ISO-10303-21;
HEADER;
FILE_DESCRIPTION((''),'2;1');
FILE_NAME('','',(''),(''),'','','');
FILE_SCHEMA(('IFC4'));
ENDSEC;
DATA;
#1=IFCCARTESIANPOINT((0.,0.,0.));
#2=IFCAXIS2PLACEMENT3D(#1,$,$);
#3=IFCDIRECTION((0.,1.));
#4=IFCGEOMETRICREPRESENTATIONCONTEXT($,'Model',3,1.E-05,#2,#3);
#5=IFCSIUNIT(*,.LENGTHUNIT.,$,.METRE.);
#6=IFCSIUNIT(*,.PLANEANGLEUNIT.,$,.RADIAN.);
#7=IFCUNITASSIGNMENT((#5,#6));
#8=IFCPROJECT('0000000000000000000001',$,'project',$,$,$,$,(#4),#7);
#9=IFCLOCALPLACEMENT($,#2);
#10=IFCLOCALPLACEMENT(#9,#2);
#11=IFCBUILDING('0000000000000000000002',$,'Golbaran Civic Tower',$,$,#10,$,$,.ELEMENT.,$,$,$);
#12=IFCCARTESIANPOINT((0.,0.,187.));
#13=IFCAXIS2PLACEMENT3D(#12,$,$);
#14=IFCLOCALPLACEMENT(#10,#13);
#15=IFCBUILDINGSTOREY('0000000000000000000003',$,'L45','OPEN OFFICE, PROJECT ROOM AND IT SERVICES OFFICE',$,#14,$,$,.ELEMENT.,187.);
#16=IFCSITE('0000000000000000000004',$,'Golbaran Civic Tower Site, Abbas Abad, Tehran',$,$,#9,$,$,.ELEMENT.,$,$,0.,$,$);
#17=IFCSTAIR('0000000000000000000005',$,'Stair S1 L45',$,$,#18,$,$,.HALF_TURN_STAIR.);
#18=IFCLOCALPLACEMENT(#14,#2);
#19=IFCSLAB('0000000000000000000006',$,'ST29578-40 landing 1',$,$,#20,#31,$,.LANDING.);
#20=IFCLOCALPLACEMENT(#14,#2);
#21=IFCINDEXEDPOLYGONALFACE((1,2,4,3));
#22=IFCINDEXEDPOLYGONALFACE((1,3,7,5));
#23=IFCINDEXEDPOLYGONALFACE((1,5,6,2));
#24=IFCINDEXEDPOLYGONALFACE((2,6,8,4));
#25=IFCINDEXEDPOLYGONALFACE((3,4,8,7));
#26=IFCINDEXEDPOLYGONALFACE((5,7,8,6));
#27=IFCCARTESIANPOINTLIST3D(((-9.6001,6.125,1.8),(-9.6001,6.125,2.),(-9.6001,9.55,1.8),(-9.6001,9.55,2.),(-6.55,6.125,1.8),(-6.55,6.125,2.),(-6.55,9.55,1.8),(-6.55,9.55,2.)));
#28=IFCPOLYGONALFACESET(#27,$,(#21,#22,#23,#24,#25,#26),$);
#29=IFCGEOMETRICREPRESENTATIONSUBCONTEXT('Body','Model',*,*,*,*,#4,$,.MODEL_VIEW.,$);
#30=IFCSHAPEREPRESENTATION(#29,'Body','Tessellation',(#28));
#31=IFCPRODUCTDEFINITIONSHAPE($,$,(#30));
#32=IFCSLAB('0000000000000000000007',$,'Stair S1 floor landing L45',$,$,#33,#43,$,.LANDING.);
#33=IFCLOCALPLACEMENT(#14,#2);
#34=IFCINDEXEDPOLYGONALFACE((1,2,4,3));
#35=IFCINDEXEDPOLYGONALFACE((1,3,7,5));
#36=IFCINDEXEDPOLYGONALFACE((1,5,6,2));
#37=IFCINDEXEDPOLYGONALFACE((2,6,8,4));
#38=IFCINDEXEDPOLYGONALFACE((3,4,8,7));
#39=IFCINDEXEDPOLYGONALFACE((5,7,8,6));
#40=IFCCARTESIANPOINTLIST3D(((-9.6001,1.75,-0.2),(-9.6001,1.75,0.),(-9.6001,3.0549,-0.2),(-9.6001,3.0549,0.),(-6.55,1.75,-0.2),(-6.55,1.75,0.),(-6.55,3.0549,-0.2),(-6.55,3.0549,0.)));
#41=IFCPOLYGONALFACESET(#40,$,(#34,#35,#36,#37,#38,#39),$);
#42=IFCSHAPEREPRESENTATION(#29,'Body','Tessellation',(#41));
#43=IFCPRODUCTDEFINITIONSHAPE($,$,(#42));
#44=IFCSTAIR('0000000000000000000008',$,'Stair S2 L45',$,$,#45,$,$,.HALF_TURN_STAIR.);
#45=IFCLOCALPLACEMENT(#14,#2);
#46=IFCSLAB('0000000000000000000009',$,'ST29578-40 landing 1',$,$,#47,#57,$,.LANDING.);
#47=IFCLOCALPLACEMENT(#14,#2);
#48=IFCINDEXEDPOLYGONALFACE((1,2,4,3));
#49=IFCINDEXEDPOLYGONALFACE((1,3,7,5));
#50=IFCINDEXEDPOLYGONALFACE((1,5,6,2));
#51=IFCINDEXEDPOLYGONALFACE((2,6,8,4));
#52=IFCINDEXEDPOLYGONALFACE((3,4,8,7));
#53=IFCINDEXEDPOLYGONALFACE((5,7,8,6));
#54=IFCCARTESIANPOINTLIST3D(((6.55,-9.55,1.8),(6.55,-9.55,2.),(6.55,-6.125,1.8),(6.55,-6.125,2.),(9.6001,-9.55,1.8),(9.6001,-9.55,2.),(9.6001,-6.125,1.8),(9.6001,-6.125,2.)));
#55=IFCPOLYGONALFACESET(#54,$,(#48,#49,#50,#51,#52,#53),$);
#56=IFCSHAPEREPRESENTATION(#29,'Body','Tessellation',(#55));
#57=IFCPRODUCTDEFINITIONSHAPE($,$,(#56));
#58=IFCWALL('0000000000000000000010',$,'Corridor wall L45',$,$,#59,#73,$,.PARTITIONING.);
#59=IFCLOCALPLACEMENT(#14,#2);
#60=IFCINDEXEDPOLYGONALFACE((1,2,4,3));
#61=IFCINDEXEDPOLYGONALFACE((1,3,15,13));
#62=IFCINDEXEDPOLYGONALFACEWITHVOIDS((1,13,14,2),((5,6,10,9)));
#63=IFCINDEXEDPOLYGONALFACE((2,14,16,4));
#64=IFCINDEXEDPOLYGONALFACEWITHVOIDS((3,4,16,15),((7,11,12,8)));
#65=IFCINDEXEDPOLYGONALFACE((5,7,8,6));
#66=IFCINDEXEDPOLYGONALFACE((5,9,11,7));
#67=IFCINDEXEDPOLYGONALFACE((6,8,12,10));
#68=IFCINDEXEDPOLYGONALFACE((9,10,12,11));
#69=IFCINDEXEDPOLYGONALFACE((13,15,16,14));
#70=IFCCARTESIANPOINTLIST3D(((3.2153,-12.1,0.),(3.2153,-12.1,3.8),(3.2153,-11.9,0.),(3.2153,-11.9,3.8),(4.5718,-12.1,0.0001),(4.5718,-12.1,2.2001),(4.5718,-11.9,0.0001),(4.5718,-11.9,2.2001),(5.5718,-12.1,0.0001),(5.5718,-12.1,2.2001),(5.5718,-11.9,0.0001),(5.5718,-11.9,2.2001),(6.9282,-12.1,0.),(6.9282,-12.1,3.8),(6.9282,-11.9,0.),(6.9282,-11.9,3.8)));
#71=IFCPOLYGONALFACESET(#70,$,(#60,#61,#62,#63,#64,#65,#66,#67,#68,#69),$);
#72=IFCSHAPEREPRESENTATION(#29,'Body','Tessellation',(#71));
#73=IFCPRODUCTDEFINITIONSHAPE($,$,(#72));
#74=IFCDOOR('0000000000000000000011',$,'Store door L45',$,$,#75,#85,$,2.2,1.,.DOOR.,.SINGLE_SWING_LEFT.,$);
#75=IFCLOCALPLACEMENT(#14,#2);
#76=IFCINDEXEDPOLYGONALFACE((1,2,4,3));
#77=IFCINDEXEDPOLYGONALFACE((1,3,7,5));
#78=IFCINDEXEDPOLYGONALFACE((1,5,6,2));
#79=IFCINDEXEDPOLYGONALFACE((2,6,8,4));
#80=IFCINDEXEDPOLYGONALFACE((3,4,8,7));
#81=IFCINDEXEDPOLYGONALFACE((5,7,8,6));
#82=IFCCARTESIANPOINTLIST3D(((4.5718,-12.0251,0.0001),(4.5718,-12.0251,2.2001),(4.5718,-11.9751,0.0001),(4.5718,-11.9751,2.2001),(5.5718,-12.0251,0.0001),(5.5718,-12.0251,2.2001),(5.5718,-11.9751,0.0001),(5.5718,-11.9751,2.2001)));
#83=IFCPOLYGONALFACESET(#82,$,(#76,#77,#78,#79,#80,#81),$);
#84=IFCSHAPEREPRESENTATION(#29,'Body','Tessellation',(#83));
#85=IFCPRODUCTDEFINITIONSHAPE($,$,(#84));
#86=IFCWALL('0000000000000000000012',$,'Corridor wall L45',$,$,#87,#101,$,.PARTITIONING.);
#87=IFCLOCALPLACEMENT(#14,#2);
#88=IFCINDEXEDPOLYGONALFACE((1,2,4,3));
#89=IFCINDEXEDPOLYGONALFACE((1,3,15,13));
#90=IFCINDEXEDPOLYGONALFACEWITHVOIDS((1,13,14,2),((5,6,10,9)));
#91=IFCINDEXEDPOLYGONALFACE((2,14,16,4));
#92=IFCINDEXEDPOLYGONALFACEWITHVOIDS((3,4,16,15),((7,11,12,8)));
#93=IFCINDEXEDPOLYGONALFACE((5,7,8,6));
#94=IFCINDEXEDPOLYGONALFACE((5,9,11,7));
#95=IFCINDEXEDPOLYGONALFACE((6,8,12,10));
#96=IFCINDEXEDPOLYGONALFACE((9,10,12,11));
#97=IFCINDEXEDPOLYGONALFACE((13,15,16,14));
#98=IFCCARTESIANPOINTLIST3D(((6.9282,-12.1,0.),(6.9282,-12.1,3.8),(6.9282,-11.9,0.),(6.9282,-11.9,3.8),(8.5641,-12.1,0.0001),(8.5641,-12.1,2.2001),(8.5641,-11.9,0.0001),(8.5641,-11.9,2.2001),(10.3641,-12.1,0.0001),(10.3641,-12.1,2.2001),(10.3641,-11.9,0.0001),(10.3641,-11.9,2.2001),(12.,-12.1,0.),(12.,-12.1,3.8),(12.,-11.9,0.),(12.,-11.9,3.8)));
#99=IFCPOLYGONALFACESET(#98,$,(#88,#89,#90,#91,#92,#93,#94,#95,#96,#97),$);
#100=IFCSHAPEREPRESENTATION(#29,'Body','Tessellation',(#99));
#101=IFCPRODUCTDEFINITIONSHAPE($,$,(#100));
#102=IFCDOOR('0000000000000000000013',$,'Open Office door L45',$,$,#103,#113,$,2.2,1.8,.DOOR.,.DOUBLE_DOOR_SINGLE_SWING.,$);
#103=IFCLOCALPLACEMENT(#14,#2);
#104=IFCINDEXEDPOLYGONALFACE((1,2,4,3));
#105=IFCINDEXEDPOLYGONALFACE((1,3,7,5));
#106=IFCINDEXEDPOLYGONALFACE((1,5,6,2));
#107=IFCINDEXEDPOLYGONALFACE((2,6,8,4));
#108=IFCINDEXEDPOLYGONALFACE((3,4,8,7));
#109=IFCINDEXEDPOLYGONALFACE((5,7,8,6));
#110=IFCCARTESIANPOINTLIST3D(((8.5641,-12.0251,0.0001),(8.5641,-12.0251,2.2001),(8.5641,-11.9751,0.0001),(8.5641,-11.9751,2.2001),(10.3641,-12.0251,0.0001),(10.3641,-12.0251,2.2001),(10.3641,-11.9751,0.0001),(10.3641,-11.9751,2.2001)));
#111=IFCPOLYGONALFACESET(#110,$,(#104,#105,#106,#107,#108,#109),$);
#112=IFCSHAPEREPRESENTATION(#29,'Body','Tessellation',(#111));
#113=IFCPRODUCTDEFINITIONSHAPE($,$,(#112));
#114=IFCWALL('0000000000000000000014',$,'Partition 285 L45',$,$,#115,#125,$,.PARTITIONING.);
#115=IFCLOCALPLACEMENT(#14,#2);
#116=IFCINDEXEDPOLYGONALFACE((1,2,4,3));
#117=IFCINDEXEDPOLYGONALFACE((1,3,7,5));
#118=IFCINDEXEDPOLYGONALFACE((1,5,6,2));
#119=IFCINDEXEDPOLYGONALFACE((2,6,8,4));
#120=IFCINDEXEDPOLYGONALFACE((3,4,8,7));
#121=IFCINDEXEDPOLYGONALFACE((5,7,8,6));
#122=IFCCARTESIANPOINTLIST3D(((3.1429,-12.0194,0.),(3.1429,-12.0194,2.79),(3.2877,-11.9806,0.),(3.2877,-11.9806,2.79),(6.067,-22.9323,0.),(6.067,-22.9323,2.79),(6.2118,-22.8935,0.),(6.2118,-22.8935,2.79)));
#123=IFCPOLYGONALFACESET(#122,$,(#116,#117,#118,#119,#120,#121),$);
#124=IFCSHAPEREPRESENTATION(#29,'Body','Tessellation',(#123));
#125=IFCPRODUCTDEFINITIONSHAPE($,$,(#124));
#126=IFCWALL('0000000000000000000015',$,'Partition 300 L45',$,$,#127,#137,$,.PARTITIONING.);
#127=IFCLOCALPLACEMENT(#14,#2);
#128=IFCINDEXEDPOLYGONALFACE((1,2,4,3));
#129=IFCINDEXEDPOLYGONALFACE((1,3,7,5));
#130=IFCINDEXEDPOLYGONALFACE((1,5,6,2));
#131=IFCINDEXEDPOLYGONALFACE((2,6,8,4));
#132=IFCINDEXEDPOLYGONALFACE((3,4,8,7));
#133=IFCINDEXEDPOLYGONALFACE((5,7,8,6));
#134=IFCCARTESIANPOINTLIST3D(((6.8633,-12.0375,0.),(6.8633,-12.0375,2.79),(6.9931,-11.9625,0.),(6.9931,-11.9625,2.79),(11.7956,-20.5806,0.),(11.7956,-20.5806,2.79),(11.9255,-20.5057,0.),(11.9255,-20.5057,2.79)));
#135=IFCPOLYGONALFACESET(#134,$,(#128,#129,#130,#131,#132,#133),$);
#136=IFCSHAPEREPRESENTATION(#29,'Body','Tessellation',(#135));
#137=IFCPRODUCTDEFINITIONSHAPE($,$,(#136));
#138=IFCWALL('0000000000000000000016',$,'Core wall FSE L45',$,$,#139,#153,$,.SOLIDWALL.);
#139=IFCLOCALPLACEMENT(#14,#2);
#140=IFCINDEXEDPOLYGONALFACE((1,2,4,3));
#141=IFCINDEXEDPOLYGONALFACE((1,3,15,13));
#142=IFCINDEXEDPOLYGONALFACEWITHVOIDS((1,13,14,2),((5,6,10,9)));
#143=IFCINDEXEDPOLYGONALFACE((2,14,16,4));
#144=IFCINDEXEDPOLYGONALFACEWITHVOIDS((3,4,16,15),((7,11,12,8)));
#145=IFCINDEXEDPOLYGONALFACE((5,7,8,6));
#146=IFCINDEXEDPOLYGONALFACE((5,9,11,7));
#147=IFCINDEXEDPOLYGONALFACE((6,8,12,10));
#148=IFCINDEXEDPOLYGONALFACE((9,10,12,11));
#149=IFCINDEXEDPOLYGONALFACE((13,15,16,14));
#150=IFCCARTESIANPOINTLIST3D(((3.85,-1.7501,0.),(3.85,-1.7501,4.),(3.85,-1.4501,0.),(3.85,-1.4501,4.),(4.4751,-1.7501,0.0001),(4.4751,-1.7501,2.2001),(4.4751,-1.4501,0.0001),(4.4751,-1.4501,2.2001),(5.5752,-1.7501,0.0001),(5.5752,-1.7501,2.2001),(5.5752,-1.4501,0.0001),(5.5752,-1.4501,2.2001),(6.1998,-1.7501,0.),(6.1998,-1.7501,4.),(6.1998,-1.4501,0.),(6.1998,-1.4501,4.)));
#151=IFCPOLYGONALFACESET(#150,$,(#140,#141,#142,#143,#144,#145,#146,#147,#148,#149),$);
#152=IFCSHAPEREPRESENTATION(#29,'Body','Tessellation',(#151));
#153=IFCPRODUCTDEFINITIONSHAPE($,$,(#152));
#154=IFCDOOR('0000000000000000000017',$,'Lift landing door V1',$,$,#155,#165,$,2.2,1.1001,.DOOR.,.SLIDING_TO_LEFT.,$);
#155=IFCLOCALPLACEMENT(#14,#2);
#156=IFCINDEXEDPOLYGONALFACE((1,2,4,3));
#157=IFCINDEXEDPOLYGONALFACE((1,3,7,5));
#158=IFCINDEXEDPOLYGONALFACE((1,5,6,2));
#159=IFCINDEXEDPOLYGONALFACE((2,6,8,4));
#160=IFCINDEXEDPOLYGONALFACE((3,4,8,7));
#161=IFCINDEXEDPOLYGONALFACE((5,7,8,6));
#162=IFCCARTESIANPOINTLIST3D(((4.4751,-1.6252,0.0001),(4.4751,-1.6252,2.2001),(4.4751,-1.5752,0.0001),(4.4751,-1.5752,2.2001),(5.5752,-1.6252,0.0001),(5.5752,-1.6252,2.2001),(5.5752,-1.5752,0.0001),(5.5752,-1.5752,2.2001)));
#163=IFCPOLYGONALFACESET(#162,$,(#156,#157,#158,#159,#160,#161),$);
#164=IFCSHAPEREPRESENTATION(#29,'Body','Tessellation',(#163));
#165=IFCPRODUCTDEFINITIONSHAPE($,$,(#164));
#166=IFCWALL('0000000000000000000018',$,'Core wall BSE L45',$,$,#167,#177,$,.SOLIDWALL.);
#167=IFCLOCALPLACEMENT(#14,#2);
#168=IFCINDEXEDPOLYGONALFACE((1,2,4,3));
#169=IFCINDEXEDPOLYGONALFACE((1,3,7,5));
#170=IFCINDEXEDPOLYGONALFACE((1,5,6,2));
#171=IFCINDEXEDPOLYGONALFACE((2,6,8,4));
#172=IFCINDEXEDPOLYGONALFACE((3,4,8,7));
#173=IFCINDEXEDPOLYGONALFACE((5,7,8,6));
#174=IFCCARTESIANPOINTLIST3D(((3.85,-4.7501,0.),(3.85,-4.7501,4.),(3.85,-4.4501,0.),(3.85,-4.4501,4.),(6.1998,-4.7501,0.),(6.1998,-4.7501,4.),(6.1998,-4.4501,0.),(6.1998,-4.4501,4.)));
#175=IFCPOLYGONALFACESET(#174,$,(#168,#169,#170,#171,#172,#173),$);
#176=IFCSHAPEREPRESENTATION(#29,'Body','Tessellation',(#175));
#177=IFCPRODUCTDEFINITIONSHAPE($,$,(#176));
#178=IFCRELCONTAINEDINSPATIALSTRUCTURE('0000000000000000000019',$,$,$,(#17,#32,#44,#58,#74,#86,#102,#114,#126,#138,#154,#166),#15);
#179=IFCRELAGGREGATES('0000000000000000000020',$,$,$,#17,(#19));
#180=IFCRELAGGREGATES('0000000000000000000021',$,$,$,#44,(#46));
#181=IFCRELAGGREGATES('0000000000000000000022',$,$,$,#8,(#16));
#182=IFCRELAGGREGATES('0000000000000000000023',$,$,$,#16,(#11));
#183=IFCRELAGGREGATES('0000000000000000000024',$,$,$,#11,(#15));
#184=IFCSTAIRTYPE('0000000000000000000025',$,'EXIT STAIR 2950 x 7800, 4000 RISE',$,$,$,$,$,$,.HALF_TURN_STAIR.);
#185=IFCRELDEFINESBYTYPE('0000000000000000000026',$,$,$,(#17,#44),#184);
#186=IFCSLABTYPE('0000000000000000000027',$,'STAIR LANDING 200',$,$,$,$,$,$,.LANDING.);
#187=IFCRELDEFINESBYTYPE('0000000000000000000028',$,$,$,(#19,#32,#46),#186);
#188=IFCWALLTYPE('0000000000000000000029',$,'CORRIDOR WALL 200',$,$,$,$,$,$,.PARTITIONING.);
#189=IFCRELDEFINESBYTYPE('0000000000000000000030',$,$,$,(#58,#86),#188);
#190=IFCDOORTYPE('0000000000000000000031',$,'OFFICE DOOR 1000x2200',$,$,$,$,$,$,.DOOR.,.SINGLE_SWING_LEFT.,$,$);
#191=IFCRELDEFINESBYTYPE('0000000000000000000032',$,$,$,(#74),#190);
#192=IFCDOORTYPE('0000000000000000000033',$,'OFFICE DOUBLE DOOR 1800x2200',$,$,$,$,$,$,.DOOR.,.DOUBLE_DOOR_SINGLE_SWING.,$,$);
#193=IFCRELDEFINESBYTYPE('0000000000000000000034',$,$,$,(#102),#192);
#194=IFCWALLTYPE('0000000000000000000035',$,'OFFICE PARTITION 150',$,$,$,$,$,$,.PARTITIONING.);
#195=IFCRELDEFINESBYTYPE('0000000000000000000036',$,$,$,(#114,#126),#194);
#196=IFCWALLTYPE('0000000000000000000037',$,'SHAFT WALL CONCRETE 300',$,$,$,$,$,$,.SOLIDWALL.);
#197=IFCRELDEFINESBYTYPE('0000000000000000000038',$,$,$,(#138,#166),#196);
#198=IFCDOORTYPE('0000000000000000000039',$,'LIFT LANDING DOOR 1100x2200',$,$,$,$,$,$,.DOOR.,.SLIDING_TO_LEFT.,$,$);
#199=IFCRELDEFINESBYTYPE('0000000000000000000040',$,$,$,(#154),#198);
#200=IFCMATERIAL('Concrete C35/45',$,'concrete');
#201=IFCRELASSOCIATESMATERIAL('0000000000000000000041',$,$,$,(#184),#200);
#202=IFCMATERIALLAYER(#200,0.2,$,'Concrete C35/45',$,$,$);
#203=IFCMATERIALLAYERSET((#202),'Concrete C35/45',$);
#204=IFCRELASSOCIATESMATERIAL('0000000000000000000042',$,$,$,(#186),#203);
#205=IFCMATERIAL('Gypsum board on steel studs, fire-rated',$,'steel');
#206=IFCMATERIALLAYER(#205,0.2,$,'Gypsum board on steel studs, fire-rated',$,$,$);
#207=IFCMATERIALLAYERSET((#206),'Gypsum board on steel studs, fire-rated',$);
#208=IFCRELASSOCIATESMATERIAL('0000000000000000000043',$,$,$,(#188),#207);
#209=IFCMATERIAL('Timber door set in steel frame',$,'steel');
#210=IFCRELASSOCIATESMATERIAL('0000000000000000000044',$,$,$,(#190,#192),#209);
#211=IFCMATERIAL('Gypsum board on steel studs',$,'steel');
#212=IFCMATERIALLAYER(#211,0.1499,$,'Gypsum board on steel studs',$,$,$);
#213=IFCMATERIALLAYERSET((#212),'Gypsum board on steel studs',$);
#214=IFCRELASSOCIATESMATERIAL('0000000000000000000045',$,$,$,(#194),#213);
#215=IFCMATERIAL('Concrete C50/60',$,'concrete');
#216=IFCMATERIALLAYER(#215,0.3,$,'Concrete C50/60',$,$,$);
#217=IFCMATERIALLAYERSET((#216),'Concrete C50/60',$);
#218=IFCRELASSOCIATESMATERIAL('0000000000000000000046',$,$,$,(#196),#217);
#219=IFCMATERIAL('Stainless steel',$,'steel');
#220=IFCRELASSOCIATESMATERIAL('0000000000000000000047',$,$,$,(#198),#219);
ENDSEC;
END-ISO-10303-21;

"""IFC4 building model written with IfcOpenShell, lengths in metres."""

from ifc_helpers import new_model, si_unit, direction, frame, frame_2d, origin, place, context, subcontext, project, spatial, polyline, rectangle, outline, extrude, material, layer, layer_set, type_object, element, fill, aggregate, save


model = new_model("IFC4")

# Units and contexts
model_context = context("Model", 3, precision=1e-05, world=origin(), true_north=direction((0.0, 1.0)))
body_context = subcontext(model_context, "Body", "Model", "MODEL_VIEW")
ifc_project = project(units=[si_unit("LENGTHUNIT", "METRE"), si_unit("PLANEANGLEUNIT", "RADIAN")], contexts=[model_context])

# Site, building, storey
site_placement = place(None, origin())
site = spatial("IfcSite", under=ifc_project, at=site_placement, Name="Golbaran Civic Tower Site, Abbas Abad, Tehran", CompositionType="ELEMENT", RefElevation=0.0)
building_placement = place(site_placement, origin())
building = spatial("IfcBuilding", under=site, at=building_placement, Name="Golbaran Civic Tower", CompositionType="ELEMENT")
storey_placement = place(building_placement, frame((0.0, 0.0, 187.0)))
storey = spatial("IfcBuildingStorey", under=building, at=storey_placement, Name="L45", Description="OPEN OFFICE, PROJECT ROOM AND IT SERVICES OFFICE", CompositionType="ELEMENT", Elevation=187.0)

# Stair, slab
ifc_material_1 = material(Name="Concrete C35/45", Category="concrete")
stair_type = type_object("IfcStairType", Name="EXIT STAIR 2950 x 7800, 4000 RISE", PredefinedType="HALF_TURN_STAIR", material=ifc_material_1)
stair_1_placement = place(storey_placement, origin())
stair_1 = element("IfcStair", 1, at=stair_1_placement, inside=storey, type_object=stair_type, Name="Stair S1 L45", PredefinedType="HALF_TURN_STAIR")
ifc_layer_1 = layer(ifc_material_1, 0.2, Name="Concrete C35/45")
ifc_layer_set_1 = layer_set([ifc_layer_1], Name="Concrete C35/45")
slab_type = type_object("IfcSlabType", Name="STAIR LANDING 200", PredefinedType="LANDING", material=ifc_layer_set_1)
slab_1_placement = place(storey_placement, frame((0.0, 0.0, 1.8)))
slab_1 = element("IfcSlab", 2, at=slab_1_placement, type_object=slab_type, Name="ST29578-40 landing 1", PredefinedType="LANDING", context=body_context, shape_type="SweptSolid", body=[
    extrude(outline(polyline([(-9.6001, 6.125), (-9.6001, 9.55), (-6.55, 9.55), (-6.55, 6.125), (-9.6001, 6.125)])), origin(), (0.0, 0.0, 1.0), 0.2),
])
aggregate(stair_1, [slab_1])

# Slab
slab_2_placement = place(storey_placement, frame((0.0, 0.0, -0.2)))
element("IfcSlab", 3, at=slab_2_placement, inside=storey, type_object=slab_type, Name="Stair S1 floor landing L45", PredefinedType="LANDING", context=body_context, shape_type="SweptSolid", body=[
    extrude(outline(polyline([(-9.6001, 1.75), (-9.6001, 3.0549), (-6.55, 3.0549), (-6.55, 1.75), (-9.6001, 1.75)])), origin(), (0.0, 0.0, 1.0), 0.2),
])

# Stair, slab
stair_2_placement = place(storey_placement, origin())
stair_2 = element("IfcStair", 4, at=stair_2_placement, inside=storey, type_object=stair_type, Name="Stair S2 L45", PredefinedType="HALF_TURN_STAIR")
slab_3_placement = place(storey_placement, frame((0.0, 0.0, 1.8)))
slab_3 = element("IfcSlab", 5, at=slab_3_placement, type_object=slab_type, Name="ST29578-40 landing 1", PredefinedType="LANDING", context=body_context, shape_type="SweptSolid", body=[
    extrude(outline(polyline([(9.6001, -6.125), (9.6001, -9.55), (6.55, -9.55), (6.55, -6.125), (9.6001, -6.125)])), origin(), (0.0, 0.0, 1.0), 0.2),
])

# Walls, openings, doors
ifc_material_2 = material(Name="Gypsum board on steel studs, fire-rated", Category="steel")
ifc_layer_2 = layer(ifc_material_2, 0.2, Name="Gypsum board on steel studs, fire-rated")
ifc_layer_set_2 = layer_set([ifc_layer_2], Name="Gypsum board on steel studs, fire-rated")
wall_type_1 = type_object("IfcWallType", Name="CORRIDOR WALL 200", PredefinedType="PARTITIONING", material=ifc_layer_set_2)
wall_1_placement = place(storey_placement, frame((3.2153, -12.0, 0.0), z_axis=(0.0, 0.0, 1.0), x_axis=(1.0, 0.0, 0.0)))
wall_1 = element("IfcWall", 6, at=wall_1_placement, inside=storey, type_object=wall_type_1, Name="Corridor wall L45", PredefinedType="PARTITIONING", context=body_context, shape_type="SweptSolid", body=[
    extrude(rectangle(XDim=3.7129, YDim=0.2, at=frame_2d((1.8564, 0.0))), origin(), (0.0, 0.0, 1.0), 3.8),
])
opening_1_placement = place(wall_1_placement, frame((1.3564, 0.0, 0.0)))
opening_1 = element("IfcOpeningElement", 7, at=opening_1_placement, cuts=wall_1, PredefinedType="OPENING", context=body_context, shape_type="SweptSolid", body=[
    extrude(rectangle(XDim=1.0, YDim=2.2, at=frame_2d((0.5, 1.1001))), frame((0.0, 0.1099, 0.0), z_axis=(0.0, -1.0, 0.0), x_axis=(1.0, 0.0, 0.0)), (0.0, 0.0, 1.0), 0.22),
])
ifc_material_3 = material(Name="Timber door set in steel frame", Category="steel")
door_type_1 = type_object("IfcDoorType", Name="OFFICE DOOR 1000x2200", OperationType="SINGLE_SWING_LEFT", PredefinedType="DOOR", material=ifc_material_3)
door_1_placement = place(opening_1_placement, origin())
door_1 = element("IfcDoor", 8, at=door_1_placement, inside=storey, type_object=door_type_1, Name="Store door L45", OperationType="SINGLE_SWING_LEFT", OverallHeight=2.2, OverallWidth=1.0, PredefinedType="DOOR", context=body_context, shape_type="SweptSolid", body=[
    extrude(rectangle(XDim=1.0, YDim=2.2, at=frame_2d((0.5, 1.1001))), frame((0.0, 0.0249, 0.0), z_axis=(0.0, -1.0, 0.0), x_axis=(1.0, 0.0, 0.0)), (0.0, 0.0, 1.0), 0.05),
])
fill(opening_1, door_1)
wall_2_placement = place(storey_placement, frame((6.9282, -12.0, 0.0), z_axis=(0.0, 0.0, 1.0), x_axis=(1.0, 0.0, 0.0)))
wall_2 = element("IfcWall", 9, at=wall_2_placement, inside=storey, type_object=wall_type_1, Name="Corridor wall L45", PredefinedType="PARTITIONING", context=body_context, shape_type="SweptSolid", body=[
    extrude(rectangle(XDim=5.0718, YDim=0.2, at=frame_2d((2.5359, 0.0))), origin(), (0.0, 0.0, 1.0), 3.8),
])
opening_2_placement = place(wall_2_placement, frame((1.636, 0.0, 0.0)))
opening_2 = element("IfcOpeningElement", 10, at=opening_2_placement, cuts=wall_2, PredefinedType="OPENING", context=body_context, shape_type="SweptSolid", body=[
    extrude(rectangle(XDim=1.8, YDim=2.2, at=frame_2d((0.8999, 1.1001))), frame((0.0, 0.1099, 0.0), z_axis=(0.0, -1.0, 0.0), x_axis=(1.0, 0.0, 0.0)), (0.0, 0.0, 1.0), 0.22),
])
door_type_2 = type_object("IfcDoorType", Name="OFFICE DOUBLE DOOR 1800x2200", OperationType="DOUBLE_DOOR_SINGLE_SWING", PredefinedType="DOOR", material=ifc_material_3)
door_2_placement = place(opening_2_placement, origin())
door_2 = element("IfcDoor", 11, at=door_2_placement, inside=storey, type_object=door_type_2, Name="Open Office door L45", OperationType="DOUBLE_DOOR_SINGLE_SWING", OverallHeight=2.2, OverallWidth=1.8, PredefinedType="DOOR", context=body_context, shape_type="SweptSolid", body=[
    extrude(rectangle(XDim=1.8, YDim=2.2, at=frame_2d((0.8999, 1.1001))), frame((0.0, 0.0249, 0.0), z_axis=(0.0, -1.0, 0.0), x_axis=(1.0, 0.0, 0.0)), (0.0, 0.0, 1.0), 0.05),
])
fill(opening_2, door_2)

# Walls
ifc_material_4 = material(Name="Gypsum board on steel studs", Category="steel")
ifc_layer_3 = layer(ifc_material_4, 0.1499, Name="Gypsum board on steel studs")
ifc_layer_set_3 = layer_set([ifc_layer_3], Name="Gypsum board on steel studs")
wall_type_2 = type_object("IfcWallType", Name="OFFICE PARTITION 150", PredefinedType="PARTITIONING", material=ifc_layer_set_3)
wall_3_placement = place(storey_placement, frame((3.2153, -12.0, 0.0), z_axis=(0.0, 0.0, 1.0), x_axis=(0.258818, -0.965926, 0.0)))
element("IfcWall", 12, at=wall_3_placement, inside=storey, type_object=wall_type_2, Name="Partition 285 L45", PredefinedType="PARTITIONING", context=body_context, shape_type="SweptSolid", body=[
    extrude(rectangle(XDim=11.2979, YDim=0.1499, at=frame_2d((5.6489, 0.0))), origin(), (0.0, 0.0, 1.0), 2.79),
])
wall_4_placement = place(storey_placement, frame((6.9282, -12.0, 0.0), z_axis=(0.0, 0.0, 1.0), x_axis=(0.499996, -0.866028, 0.0)))
element("IfcWall", 13, at=wall_4_placement, inside=storey, type_object=wall_type_2, Name="Partition 300 L45", PredefinedType="PARTITIONING", context=body_context, shape_type="SweptSolid", body=[
    extrude(rectangle(XDim=9.8647, YDim=0.1499, at=frame_2d((4.9324, 0.0))), origin(), (0.0, 0.0, 1.0), 2.79),
])

# Wall, opening, door
ifc_material_5 = material(Name="Concrete C50/60", Category="concrete")
ifc_layer_4 = layer(ifc_material_5, 0.3, Name="Concrete C50/60")
ifc_layer_set_4 = layer_set([ifc_layer_4], Name="Concrete C50/60")
wall_type_3 = type_object("IfcWallType", Name="SHAFT WALL CONCRETE 300", PredefinedType="SOLIDWALL", material=ifc_layer_set_4)
wall_5_placement = place(storey_placement, frame((3.8501, -1.6001, 0.0), z_axis=(0.0, 0.0, 1.0), x_axis=(1.0, 0.0, 0.0)))
wall_5 = element("IfcWall", 14, at=wall_5_placement, inside=storey, type_object=wall_type_3, Name="Core wall FSE L45", PredefinedType="SOLIDWALL", context=body_context, shape_type="SweptSolid", body=[
    extrude(rectangle(XDim=2.3499, YDim=0.3, at=frame_2d((1.1748, 0.0))), origin(), (0.0, 0.0, 1.0), 4.0),
])
opening_3_placement = place(wall_5_placement, frame((0.625, 0.0, 0.0)))
opening_3 = element("IfcOpeningElement", 15, at=opening_3_placement, cuts=wall_5, PredefinedType="OPENING", context=body_context, shape_type="SweptSolid", body=[
    extrude(rectangle(XDim=1.1001, YDim=2.2, at=frame_2d((0.55, 1.1001))), frame((0.0, 0.1599, 0.0), z_axis=(0.0, -1.0, 0.0), x_axis=(1.0, 0.0, 0.0)), (0.0, 0.0, 1.0), 0.3201),
])
ifc_material_6 = material(Name="Stainless steel", Category="steel")
door_type_3 = type_object("IfcDoorType", Name="LIFT LANDING DOOR 1100x2200", OperationType="SLIDING_TO_LEFT", PredefinedType="DOOR", material=ifc_material_6)
door_3_placement = place(opening_3_placement, origin())
door_3 = element("IfcDoor", 16, at=door_3_placement, inside=storey, type_object=door_type_3, Name="Lift landing door V1", OperationType="SLIDING_TO_LEFT", OverallHeight=2.2, OverallWidth=1.1001, PredefinedType="DOOR", context=body_context, shape_type="SweptSolid", body=[
    extrude(rectangle(XDim=1.1001, YDim=2.2, at=frame_2d((0.55, 1.1001))), frame((0.0, 0.0249, 0.0), z_axis=(0.0, -1.0, 0.0), x_axis=(1.0, 0.0, 0.0)), (0.0, 0.0, 1.0), 0.05),
])
fill(opening_3, door_3)

# Wall
wall_6_placement = place(storey_placement, frame((3.8501, -4.6001, 0.0), z_axis=(0.0, 0.0, 1.0), x_axis=(1.0, 0.0, 0.0)))
element("IfcWall", 17, at=wall_6_placement, inside=storey, type_object=wall_type_3, Name="Core wall BSE L45", PredefinedType="SOLIDWALL", context=body_context, shape_type="SweptSolid", body=[
    extrude(rectangle(XDim=2.3499, YDim=0.3, at=frame_2d((1.1748, 0.0))), origin(), (0.0, 0.0, 1.0), 4.0),
])

aggregate(stair_2, [slab_3])

save(model, "model.ifc")
